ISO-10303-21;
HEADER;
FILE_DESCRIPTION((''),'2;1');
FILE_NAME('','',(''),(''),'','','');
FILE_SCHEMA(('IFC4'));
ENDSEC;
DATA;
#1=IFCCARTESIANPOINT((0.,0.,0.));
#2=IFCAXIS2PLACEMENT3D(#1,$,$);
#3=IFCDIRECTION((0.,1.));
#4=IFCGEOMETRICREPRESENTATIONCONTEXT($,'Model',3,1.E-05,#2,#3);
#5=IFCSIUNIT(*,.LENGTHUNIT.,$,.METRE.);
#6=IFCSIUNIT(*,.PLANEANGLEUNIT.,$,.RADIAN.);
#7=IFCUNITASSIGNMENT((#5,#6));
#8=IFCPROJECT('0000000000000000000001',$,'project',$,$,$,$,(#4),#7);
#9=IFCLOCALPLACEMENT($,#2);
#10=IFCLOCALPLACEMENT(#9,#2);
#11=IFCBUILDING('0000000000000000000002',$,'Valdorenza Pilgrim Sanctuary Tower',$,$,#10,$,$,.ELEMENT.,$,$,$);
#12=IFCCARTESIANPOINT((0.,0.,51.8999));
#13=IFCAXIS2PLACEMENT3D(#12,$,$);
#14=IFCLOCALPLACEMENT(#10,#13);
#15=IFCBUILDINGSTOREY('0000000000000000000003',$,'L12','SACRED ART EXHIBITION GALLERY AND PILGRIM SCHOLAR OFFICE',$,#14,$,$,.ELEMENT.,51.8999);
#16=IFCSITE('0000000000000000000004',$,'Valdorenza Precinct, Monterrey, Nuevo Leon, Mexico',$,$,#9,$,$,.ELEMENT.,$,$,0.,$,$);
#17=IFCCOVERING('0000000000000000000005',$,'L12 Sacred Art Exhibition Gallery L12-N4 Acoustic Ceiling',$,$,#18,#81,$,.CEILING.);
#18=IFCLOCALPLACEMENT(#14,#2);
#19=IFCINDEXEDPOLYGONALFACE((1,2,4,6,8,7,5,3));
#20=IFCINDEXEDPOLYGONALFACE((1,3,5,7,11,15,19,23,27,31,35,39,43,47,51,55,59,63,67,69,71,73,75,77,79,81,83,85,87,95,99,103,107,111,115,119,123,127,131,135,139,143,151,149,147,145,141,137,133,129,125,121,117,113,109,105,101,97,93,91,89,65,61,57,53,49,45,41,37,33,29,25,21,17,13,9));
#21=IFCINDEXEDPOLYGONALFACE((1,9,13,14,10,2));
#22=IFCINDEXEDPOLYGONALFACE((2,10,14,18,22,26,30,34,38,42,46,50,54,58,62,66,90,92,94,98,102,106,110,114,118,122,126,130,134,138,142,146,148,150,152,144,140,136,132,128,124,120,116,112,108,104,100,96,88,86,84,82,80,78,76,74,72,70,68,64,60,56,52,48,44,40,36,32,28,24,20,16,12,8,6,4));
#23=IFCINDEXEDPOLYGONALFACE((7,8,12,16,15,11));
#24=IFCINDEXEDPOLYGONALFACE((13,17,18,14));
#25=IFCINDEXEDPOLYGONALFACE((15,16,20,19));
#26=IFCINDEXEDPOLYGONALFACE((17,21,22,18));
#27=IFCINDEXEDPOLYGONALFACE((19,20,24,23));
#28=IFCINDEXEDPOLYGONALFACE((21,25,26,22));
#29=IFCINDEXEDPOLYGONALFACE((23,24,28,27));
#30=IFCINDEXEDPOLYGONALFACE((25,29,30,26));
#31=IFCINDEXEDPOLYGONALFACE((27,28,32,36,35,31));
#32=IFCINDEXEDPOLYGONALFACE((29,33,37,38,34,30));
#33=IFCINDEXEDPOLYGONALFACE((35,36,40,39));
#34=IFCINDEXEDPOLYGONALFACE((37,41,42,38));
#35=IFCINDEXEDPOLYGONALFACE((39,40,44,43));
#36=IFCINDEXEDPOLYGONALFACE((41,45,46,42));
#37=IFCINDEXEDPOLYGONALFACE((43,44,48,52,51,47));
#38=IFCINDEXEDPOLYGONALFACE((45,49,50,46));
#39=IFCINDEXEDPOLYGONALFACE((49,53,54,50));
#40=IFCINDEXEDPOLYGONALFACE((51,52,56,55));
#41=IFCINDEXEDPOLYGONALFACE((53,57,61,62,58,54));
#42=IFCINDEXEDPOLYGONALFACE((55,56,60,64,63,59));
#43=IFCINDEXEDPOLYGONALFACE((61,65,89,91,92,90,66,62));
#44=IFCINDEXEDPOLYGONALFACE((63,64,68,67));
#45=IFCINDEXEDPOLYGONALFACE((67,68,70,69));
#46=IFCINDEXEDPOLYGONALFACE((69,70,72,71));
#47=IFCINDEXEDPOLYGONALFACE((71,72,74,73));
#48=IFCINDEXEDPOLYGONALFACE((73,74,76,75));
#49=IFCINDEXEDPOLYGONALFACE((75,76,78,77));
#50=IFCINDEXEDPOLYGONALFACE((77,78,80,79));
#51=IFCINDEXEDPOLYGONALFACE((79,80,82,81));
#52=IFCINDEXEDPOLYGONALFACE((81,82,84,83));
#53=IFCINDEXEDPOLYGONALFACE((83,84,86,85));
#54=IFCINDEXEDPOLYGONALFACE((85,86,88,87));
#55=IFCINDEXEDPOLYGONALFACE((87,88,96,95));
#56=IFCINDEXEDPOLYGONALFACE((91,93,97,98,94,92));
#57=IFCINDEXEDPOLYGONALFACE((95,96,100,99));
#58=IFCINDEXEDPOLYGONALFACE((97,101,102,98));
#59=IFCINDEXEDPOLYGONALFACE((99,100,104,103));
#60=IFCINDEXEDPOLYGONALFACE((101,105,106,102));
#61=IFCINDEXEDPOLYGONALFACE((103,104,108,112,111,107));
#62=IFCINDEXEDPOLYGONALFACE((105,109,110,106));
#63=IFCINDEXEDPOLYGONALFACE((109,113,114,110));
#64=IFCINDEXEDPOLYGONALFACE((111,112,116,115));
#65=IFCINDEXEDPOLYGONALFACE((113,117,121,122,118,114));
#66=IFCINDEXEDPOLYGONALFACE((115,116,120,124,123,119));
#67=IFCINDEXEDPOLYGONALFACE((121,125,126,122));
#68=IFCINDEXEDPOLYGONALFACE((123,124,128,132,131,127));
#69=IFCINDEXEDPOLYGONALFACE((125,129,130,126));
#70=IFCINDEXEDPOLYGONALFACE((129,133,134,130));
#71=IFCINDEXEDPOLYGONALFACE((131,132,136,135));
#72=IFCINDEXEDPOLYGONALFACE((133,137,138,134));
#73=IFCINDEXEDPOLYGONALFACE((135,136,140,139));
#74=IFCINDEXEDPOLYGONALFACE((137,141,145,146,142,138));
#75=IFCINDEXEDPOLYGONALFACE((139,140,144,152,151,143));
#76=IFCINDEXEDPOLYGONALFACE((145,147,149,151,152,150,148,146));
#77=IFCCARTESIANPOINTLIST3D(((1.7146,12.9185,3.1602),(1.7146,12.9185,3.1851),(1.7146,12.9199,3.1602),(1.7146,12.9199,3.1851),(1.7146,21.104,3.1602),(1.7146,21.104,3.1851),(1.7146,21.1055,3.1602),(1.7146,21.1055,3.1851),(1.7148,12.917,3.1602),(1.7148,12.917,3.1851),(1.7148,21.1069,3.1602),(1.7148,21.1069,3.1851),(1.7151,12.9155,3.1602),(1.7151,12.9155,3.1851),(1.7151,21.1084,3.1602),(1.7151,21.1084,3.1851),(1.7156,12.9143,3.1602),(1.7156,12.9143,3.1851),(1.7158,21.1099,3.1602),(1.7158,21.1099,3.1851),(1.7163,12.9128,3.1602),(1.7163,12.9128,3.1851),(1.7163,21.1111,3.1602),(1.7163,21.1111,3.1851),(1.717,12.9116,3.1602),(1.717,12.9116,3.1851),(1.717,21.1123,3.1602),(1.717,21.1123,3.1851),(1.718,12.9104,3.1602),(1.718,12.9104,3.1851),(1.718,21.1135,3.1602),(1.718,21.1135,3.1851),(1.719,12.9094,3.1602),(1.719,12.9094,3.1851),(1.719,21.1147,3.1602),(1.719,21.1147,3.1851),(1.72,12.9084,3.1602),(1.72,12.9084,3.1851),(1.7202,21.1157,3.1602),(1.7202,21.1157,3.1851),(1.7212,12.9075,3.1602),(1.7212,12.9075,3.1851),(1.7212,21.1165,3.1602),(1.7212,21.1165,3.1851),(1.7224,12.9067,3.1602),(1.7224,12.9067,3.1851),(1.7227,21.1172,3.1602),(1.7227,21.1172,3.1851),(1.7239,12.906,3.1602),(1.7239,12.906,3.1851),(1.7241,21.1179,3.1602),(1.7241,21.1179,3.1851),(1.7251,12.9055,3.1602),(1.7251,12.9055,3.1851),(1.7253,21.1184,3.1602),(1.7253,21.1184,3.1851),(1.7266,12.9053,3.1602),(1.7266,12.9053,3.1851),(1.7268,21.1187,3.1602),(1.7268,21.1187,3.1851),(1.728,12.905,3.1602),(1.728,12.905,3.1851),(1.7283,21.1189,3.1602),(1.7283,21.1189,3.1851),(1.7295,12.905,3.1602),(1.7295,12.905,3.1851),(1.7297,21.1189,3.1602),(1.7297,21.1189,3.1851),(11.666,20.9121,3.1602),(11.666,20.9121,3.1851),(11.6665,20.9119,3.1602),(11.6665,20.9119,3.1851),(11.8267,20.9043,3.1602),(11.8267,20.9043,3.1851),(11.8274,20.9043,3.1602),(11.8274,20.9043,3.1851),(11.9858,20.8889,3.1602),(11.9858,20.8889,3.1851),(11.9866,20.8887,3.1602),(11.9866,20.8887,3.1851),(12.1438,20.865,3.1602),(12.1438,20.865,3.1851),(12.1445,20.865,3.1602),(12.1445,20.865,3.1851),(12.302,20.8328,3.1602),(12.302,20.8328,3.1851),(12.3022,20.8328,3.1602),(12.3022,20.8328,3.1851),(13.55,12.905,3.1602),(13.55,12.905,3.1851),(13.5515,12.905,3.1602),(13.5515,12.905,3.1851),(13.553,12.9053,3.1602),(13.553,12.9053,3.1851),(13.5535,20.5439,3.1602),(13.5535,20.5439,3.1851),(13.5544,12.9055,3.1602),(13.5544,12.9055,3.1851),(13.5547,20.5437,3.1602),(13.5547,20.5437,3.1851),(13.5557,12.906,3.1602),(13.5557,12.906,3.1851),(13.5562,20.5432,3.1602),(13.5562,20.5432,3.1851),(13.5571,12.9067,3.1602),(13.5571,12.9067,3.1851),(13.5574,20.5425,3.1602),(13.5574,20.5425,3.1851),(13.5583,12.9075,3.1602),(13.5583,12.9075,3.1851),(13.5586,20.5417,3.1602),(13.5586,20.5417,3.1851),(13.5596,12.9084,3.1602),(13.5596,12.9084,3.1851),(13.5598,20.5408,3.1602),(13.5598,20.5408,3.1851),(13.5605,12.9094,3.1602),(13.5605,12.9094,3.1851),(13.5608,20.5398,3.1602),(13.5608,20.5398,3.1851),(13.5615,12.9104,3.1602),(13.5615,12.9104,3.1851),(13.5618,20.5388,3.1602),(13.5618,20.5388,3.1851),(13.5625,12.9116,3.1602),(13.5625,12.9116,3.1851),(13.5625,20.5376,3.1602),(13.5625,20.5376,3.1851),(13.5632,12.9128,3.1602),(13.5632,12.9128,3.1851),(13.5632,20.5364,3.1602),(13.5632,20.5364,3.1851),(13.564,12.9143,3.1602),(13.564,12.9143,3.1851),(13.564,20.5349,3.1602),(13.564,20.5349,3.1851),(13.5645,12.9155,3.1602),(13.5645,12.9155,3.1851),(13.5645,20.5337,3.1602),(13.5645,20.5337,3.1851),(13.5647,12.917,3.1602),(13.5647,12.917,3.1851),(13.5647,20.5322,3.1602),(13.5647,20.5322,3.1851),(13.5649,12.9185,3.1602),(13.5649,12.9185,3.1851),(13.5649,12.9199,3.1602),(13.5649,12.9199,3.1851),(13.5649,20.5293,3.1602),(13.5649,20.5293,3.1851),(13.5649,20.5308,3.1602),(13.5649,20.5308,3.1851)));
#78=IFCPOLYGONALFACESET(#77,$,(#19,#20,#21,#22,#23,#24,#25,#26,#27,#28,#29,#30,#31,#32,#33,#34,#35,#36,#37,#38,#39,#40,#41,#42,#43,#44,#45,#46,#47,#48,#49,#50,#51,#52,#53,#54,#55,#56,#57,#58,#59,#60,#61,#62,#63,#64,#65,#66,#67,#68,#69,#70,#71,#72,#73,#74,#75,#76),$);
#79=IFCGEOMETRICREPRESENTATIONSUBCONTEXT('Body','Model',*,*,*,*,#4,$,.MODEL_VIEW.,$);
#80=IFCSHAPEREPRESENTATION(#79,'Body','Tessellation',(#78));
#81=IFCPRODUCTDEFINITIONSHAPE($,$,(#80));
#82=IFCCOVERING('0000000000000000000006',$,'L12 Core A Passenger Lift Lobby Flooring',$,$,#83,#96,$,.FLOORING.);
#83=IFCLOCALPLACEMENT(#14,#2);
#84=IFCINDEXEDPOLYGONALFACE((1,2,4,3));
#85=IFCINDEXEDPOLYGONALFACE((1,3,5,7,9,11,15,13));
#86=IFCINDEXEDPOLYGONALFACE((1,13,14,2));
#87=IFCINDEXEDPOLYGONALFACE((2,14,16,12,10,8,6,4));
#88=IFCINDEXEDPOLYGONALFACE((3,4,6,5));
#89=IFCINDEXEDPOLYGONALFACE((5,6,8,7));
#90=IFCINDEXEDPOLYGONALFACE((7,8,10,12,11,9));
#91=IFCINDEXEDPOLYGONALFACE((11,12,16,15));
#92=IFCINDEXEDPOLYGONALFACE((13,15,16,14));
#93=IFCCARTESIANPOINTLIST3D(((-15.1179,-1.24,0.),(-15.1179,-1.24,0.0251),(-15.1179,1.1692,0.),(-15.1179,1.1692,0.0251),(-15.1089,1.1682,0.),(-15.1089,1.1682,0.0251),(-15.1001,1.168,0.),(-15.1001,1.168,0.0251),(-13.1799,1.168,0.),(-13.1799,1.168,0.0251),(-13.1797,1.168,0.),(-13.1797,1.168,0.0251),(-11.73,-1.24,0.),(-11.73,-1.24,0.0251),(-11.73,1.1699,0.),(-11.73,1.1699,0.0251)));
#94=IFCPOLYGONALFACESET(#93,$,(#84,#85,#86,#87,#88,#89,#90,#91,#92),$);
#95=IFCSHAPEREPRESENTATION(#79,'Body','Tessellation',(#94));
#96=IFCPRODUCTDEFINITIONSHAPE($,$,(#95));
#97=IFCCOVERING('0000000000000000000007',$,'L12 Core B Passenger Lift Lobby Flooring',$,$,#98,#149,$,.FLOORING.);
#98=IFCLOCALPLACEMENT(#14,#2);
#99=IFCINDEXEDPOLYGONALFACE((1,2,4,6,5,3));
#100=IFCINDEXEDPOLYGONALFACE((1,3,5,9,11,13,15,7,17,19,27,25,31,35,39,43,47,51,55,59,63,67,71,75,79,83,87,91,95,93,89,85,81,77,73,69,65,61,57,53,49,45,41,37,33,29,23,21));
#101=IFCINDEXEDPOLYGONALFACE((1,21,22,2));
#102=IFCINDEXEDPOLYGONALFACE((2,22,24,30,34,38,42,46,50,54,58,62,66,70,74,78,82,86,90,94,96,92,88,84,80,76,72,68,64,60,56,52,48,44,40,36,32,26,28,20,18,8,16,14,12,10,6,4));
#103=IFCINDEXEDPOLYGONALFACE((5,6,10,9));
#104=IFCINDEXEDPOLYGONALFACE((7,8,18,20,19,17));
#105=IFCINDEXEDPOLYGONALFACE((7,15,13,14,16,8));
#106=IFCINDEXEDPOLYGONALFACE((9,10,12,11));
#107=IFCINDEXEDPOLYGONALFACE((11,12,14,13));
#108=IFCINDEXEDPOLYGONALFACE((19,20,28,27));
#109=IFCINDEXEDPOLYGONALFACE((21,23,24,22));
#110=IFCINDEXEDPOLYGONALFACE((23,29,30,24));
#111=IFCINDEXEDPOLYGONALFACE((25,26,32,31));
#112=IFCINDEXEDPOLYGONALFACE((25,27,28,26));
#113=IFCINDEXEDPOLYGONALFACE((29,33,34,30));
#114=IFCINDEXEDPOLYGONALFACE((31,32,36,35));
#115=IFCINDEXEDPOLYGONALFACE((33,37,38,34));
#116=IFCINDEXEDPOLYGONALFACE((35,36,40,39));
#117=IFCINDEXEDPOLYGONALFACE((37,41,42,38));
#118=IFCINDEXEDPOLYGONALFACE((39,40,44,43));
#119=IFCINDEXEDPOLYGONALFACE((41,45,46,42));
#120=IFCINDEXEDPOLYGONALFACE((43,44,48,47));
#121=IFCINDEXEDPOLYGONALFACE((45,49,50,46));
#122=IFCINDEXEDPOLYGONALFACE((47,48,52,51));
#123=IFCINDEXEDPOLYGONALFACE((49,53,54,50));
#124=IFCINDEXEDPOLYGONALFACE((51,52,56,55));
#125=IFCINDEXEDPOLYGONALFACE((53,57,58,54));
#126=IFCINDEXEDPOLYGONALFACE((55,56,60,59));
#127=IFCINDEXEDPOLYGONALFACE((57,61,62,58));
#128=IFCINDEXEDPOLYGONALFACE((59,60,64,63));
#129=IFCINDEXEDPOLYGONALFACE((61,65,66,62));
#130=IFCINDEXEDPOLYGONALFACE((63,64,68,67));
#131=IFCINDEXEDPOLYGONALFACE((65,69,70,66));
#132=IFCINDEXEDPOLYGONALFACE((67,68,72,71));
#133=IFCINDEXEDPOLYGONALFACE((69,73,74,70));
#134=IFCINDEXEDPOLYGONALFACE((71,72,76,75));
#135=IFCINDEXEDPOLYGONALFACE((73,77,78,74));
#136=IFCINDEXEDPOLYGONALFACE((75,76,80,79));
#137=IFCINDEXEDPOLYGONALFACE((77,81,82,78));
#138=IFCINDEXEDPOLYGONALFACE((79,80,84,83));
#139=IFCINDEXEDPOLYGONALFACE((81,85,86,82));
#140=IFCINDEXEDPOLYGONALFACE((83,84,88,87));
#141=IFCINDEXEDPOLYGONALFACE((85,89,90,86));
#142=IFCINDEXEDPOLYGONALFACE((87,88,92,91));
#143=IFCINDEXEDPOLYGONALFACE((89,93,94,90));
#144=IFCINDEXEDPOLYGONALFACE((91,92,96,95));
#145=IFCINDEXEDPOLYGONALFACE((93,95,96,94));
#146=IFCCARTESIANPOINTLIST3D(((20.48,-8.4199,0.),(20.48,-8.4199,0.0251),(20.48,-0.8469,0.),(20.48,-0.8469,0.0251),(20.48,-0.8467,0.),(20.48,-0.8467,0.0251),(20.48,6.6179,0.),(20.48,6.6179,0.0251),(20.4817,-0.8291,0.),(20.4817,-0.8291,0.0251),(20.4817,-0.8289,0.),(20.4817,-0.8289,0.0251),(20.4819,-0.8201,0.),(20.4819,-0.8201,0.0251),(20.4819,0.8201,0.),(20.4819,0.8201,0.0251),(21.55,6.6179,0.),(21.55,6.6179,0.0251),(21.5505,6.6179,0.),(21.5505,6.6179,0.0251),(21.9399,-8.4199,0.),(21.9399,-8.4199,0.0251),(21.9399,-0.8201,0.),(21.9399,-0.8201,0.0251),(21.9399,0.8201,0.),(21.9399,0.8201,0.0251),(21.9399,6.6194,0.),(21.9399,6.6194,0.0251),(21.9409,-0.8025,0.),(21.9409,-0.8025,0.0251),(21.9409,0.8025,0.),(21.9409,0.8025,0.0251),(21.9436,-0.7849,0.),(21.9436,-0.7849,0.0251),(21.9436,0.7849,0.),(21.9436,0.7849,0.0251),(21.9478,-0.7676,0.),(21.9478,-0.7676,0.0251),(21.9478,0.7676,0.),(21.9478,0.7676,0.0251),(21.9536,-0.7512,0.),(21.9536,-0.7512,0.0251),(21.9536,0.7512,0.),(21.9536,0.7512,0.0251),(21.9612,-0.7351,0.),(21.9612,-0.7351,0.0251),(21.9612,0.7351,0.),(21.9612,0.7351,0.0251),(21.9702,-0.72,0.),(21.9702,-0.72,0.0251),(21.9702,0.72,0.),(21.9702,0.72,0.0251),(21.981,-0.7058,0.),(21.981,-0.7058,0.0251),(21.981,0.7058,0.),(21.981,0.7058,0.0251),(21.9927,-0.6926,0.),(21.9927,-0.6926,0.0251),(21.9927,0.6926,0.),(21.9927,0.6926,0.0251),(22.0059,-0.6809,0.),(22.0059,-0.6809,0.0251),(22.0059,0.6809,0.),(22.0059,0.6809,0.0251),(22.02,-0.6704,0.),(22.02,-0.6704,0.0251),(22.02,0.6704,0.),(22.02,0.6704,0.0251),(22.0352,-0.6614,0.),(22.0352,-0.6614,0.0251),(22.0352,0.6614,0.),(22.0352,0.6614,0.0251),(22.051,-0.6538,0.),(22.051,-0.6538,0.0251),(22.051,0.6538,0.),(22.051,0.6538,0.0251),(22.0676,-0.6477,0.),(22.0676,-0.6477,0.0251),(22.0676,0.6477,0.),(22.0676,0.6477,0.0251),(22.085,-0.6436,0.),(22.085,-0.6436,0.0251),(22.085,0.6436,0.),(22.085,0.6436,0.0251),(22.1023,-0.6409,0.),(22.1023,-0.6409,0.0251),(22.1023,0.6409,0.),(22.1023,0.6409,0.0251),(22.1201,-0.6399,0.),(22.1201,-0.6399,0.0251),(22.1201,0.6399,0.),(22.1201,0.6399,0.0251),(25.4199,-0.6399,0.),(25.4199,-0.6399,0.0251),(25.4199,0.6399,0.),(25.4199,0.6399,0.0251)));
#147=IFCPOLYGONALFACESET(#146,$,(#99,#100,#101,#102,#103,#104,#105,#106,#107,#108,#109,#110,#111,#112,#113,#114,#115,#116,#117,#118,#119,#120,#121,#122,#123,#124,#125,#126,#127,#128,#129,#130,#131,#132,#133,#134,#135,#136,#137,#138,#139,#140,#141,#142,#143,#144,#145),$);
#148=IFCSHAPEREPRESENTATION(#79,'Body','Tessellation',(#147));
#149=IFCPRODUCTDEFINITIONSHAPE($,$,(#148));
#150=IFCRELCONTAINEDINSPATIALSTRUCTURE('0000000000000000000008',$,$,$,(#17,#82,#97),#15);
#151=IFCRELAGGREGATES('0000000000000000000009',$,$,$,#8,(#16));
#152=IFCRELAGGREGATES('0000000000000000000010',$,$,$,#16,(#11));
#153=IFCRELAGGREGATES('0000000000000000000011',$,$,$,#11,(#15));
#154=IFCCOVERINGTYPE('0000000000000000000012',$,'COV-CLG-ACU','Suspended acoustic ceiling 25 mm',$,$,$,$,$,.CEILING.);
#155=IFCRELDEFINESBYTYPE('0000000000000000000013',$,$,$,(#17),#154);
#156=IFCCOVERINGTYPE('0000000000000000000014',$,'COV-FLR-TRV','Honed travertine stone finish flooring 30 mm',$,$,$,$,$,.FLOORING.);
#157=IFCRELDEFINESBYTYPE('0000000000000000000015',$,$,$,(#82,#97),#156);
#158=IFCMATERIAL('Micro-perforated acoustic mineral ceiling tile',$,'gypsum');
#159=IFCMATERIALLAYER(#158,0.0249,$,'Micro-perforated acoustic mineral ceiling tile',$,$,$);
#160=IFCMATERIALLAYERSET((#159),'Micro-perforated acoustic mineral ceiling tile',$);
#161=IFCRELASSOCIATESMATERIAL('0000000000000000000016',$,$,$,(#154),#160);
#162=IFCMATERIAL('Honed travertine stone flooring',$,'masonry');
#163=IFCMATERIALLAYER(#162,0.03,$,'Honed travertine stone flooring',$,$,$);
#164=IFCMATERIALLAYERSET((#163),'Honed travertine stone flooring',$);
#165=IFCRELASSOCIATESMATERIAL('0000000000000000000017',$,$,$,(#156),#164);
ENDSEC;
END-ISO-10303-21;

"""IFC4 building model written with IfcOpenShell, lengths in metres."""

from ifc_helpers import new_model, si_unit, direction, frame, origin, place, context, subcontext, project, spatial, polyline, outline, extrude, material, layer, layer_set, type_object, element, save


model = new_model("IFC4")

# Units and contexts
model_context = context("Model", 3, precision=1e-05, world=origin(), true_north=direction((0.0, 1.0)))
body_context = subcontext(model_context, "Body", "Model", "MODEL_VIEW")
ifc_project = project(units=[si_unit("LENGTHUNIT", "METRE"), si_unit("PLANEANGLEUNIT", "RADIAN")], contexts=[model_context])

# Site, building, storey
site_placement = place(None, origin())
site = spatial("IfcSite", under=ifc_project, at=site_placement, Name="Valdorenza Precinct, Monterrey, Nuevo Leon, Mexico", CompositionType="ELEMENT", RefElevation=0.0)
building_placement = place(site_placement, origin())
building = spatial("IfcBuilding", under=site, at=building_placement, Name="Valdorenza Pilgrim Sanctuary Tower", CompositionType="ELEMENT")
storey_placement = place(building_placement, frame((0.0, 0.0, 51.8999)))
storey = spatial("IfcBuildingStorey", under=building, at=storey_placement, Name="L12", Description="SACRED ART EXHIBITION GALLERY AND PILGRIM SCHOLAR OFFICE", CompositionType="ELEMENT", Elevation=51.8999)

# Coverings
ifc_material_1 = material(Name="Micro-perforated acoustic mineral ceiling tile", Category="gypsum")
ifc_layer_1 = layer(ifc_material_1, 0.0249, Name="Micro-perforated acoustic mineral ceiling tile")
ifc_layer_set_1 = layer_set([ifc_layer_1], Name="Micro-perforated acoustic mineral ceiling tile")
covering_type_1 = type_object("IfcCoveringType", Name="COV-CLG-ACU", Description="Suspended acoustic ceiling 25 mm", PredefinedType="CEILING", material=ifc_layer_set_1)
covering_1_placement = place(storey_placement, frame((0.0, 0.0, 3.1602)))
element("IfcCovering", 1, at=covering_1_placement, inside=storey, type_object=covering_type_1, Name="L12 Sacred Art Exhibition Gallery L12-N4 Acoustic Ceiling", PredefinedType="CEILING", context=body_context, shape_type="SweptSolid", body=[
    extrude(outline(polyline([(1.7295, 12.905), (1.728, 12.905), (1.7266, 12.9053), (1.7251, 12.9055), (1.7239, 12.906), (1.7224, 12.9067), (1.7212, 12.9075), (1.72, 12.9084), (1.719, 12.9094), (1.718, 12.9104), (1.717, 12.9116), (1.7163, 12.9128), (1.7156, 12.9143), (1.7151, 12.9155), (1.7148, 12.917), (1.7146, 12.9185), (1.7146, 12.9199), (1.7146, 21.104), (1.7146, 21.1055), (1.7148, 21.1069), (1.7151, 21.1084), (1.7158, 21.1099), (1.7163, 21.1111), (1.717, 21.1123), (1.718, 21.1135), (1.719, 21.1147), (1.7202, 21.1157), (1.7212, 21.1165), (1.7227, 21.1172), (1.7241, 21.1179), (1.7253, 21.1184), (1.7268, 21.1187), (1.7283, 21.1189), (1.7297, 21.1189), (11.666, 20.9121), (11.6665, 20.9119), (11.8267, 20.9043), (11.8274, 20.9043), (11.9858, 20.8889), (11.9866, 20.8887), (12.1438, 20.865), (12.1445, 20.865), (12.302, 20.8328), (12.3022, 20.8328), (13.5535, 20.5439), (13.5547, 20.5437), (13.5562, 20.5432), (13.5574, 20.5425), (13.5586, 20.5417), (13.5598, 20.5408), (13.5608, 20.5398), (13.5618, 20.5388), (13.5625, 20.5376), (13.5632, 20.5364), (13.564, 20.5349), (13.5645, 20.5337), (13.5647, 20.5322), (13.5649, 20.5308), (13.5649, 20.5293), (13.5649, 12.9199), (13.5649, 12.9185), (13.5647, 12.917), (13.5645, 12.9155), (13.564, 12.9143), (13.5632, 12.9128), (13.5625, 12.9116), (13.5615, 12.9104), (13.5605, 12.9094), (13.5596, 12.9084), (13.5583, 12.9075), (13.5571, 12.9067), (13.5557, 12.906), (13.5544, 12.9055), (13.553, 12.9053), (13.5515, 12.905), (13.55, 12.905), (1.7295, 12.905)])), origin(), (0.0, 0.0, 1.0), 0.0249),
])
ifc_material_2 = material(Name="Honed travertine stone flooring", Category="masonry")
ifc_layer_2 = layer(ifc_material_2, 0.03, Name="Honed travertine stone flooring")
ifc_layer_set_2 = layer_set([ifc_layer_2], Name="Honed travertine stone flooring")
covering_type_2 = type_object("IfcCoveringType", Name="COV-FLR-TRV", Description="Honed travertine stone finish flooring 30 mm", PredefinedType="FLOORING", material=ifc_layer_set_2)
covering_2_placement = place(storey_placement, origin())
element("IfcCovering", 2, at=covering_2_placement, inside=storey, type_object=covering_type_2, Name="L12 Core A Passenger Lift Lobby Flooring", PredefinedType="FLOORING", context=body_context, shape_type="SweptSolid", body=[
    extrude(outline(polyline([(-15.1179, 1.1692), (-15.1089, 1.1682), (-15.1089, 1.1682), (-15.1001, 1.168), (-13.1799, 1.168), (-13.1797, 1.168), (-11.73, 1.1699), (-11.73, -1.24), (-15.1179, -1.24), (-15.1179, 1.1692)])), origin(), (0.0, 0.0, 1.0), 0.0251),
])
covering_3_placement = place(storey_placement, origin())
element("IfcCovering", 3, at=covering_3_placement, inside=storey, type_object=covering_type_2, Name="L12 Core B Passenger Lift Lobby Flooring", PredefinedType="FLOORING", context=body_context, shape_type="SweptSolid", body=[
    extrude(outline(polyline([(20.48, 6.6179), (21.55, 6.6179), (21.5505, 6.6179), (21.9399, 6.6194), (21.9399, 0.8201), (21.9409, 0.8025), (21.9436, 0.7849), (21.9478, 0.7676), (21.9536, 0.7512), (21.9612, 0.7351), (21.9702, 0.72), (21.981, 0.7058), (21.9927, 0.6926), (22.0059, 0.6809), (22.02, 0.6704), (22.0352, 0.6614), (22.051, 0.6538), (22.0676, 0.6477), (22.085, 0.6436), (22.1023, 0.6409), (22.1201, 0.6399), (25.4199, 0.6399), (25.4199, -0.6399), (22.1201, -0.6399), (22.1023, -0.6409), (22.085, -0.6436), (22.0676, -0.6477), (22.051, -0.6538), (22.0352, -0.6614), (22.02, -0.6704), (22.0059, -0.6809), (21.9927, -0.6926), (21.981, -0.7058), (21.9702, -0.72), (21.9612, -0.7351), (21.9536, -0.7512), (21.9478, -0.7676), (21.9436, -0.7849), (21.9409, -0.8025), (21.9399, -0.8201), (21.9399, -8.4199), (20.48, -8.4199), (20.48, -0.8469), (20.48, -0.8467), (20.48, -0.8467), (20.4817, -0.8291), (20.4817, -0.8289), (20.4819, -0.8201), (20.4819, 0.8201), (20.48, 6.6179)])), origin(), (0.0, 0.0, 1.0), 0.0251),
])

save(model, "model.ifc")
